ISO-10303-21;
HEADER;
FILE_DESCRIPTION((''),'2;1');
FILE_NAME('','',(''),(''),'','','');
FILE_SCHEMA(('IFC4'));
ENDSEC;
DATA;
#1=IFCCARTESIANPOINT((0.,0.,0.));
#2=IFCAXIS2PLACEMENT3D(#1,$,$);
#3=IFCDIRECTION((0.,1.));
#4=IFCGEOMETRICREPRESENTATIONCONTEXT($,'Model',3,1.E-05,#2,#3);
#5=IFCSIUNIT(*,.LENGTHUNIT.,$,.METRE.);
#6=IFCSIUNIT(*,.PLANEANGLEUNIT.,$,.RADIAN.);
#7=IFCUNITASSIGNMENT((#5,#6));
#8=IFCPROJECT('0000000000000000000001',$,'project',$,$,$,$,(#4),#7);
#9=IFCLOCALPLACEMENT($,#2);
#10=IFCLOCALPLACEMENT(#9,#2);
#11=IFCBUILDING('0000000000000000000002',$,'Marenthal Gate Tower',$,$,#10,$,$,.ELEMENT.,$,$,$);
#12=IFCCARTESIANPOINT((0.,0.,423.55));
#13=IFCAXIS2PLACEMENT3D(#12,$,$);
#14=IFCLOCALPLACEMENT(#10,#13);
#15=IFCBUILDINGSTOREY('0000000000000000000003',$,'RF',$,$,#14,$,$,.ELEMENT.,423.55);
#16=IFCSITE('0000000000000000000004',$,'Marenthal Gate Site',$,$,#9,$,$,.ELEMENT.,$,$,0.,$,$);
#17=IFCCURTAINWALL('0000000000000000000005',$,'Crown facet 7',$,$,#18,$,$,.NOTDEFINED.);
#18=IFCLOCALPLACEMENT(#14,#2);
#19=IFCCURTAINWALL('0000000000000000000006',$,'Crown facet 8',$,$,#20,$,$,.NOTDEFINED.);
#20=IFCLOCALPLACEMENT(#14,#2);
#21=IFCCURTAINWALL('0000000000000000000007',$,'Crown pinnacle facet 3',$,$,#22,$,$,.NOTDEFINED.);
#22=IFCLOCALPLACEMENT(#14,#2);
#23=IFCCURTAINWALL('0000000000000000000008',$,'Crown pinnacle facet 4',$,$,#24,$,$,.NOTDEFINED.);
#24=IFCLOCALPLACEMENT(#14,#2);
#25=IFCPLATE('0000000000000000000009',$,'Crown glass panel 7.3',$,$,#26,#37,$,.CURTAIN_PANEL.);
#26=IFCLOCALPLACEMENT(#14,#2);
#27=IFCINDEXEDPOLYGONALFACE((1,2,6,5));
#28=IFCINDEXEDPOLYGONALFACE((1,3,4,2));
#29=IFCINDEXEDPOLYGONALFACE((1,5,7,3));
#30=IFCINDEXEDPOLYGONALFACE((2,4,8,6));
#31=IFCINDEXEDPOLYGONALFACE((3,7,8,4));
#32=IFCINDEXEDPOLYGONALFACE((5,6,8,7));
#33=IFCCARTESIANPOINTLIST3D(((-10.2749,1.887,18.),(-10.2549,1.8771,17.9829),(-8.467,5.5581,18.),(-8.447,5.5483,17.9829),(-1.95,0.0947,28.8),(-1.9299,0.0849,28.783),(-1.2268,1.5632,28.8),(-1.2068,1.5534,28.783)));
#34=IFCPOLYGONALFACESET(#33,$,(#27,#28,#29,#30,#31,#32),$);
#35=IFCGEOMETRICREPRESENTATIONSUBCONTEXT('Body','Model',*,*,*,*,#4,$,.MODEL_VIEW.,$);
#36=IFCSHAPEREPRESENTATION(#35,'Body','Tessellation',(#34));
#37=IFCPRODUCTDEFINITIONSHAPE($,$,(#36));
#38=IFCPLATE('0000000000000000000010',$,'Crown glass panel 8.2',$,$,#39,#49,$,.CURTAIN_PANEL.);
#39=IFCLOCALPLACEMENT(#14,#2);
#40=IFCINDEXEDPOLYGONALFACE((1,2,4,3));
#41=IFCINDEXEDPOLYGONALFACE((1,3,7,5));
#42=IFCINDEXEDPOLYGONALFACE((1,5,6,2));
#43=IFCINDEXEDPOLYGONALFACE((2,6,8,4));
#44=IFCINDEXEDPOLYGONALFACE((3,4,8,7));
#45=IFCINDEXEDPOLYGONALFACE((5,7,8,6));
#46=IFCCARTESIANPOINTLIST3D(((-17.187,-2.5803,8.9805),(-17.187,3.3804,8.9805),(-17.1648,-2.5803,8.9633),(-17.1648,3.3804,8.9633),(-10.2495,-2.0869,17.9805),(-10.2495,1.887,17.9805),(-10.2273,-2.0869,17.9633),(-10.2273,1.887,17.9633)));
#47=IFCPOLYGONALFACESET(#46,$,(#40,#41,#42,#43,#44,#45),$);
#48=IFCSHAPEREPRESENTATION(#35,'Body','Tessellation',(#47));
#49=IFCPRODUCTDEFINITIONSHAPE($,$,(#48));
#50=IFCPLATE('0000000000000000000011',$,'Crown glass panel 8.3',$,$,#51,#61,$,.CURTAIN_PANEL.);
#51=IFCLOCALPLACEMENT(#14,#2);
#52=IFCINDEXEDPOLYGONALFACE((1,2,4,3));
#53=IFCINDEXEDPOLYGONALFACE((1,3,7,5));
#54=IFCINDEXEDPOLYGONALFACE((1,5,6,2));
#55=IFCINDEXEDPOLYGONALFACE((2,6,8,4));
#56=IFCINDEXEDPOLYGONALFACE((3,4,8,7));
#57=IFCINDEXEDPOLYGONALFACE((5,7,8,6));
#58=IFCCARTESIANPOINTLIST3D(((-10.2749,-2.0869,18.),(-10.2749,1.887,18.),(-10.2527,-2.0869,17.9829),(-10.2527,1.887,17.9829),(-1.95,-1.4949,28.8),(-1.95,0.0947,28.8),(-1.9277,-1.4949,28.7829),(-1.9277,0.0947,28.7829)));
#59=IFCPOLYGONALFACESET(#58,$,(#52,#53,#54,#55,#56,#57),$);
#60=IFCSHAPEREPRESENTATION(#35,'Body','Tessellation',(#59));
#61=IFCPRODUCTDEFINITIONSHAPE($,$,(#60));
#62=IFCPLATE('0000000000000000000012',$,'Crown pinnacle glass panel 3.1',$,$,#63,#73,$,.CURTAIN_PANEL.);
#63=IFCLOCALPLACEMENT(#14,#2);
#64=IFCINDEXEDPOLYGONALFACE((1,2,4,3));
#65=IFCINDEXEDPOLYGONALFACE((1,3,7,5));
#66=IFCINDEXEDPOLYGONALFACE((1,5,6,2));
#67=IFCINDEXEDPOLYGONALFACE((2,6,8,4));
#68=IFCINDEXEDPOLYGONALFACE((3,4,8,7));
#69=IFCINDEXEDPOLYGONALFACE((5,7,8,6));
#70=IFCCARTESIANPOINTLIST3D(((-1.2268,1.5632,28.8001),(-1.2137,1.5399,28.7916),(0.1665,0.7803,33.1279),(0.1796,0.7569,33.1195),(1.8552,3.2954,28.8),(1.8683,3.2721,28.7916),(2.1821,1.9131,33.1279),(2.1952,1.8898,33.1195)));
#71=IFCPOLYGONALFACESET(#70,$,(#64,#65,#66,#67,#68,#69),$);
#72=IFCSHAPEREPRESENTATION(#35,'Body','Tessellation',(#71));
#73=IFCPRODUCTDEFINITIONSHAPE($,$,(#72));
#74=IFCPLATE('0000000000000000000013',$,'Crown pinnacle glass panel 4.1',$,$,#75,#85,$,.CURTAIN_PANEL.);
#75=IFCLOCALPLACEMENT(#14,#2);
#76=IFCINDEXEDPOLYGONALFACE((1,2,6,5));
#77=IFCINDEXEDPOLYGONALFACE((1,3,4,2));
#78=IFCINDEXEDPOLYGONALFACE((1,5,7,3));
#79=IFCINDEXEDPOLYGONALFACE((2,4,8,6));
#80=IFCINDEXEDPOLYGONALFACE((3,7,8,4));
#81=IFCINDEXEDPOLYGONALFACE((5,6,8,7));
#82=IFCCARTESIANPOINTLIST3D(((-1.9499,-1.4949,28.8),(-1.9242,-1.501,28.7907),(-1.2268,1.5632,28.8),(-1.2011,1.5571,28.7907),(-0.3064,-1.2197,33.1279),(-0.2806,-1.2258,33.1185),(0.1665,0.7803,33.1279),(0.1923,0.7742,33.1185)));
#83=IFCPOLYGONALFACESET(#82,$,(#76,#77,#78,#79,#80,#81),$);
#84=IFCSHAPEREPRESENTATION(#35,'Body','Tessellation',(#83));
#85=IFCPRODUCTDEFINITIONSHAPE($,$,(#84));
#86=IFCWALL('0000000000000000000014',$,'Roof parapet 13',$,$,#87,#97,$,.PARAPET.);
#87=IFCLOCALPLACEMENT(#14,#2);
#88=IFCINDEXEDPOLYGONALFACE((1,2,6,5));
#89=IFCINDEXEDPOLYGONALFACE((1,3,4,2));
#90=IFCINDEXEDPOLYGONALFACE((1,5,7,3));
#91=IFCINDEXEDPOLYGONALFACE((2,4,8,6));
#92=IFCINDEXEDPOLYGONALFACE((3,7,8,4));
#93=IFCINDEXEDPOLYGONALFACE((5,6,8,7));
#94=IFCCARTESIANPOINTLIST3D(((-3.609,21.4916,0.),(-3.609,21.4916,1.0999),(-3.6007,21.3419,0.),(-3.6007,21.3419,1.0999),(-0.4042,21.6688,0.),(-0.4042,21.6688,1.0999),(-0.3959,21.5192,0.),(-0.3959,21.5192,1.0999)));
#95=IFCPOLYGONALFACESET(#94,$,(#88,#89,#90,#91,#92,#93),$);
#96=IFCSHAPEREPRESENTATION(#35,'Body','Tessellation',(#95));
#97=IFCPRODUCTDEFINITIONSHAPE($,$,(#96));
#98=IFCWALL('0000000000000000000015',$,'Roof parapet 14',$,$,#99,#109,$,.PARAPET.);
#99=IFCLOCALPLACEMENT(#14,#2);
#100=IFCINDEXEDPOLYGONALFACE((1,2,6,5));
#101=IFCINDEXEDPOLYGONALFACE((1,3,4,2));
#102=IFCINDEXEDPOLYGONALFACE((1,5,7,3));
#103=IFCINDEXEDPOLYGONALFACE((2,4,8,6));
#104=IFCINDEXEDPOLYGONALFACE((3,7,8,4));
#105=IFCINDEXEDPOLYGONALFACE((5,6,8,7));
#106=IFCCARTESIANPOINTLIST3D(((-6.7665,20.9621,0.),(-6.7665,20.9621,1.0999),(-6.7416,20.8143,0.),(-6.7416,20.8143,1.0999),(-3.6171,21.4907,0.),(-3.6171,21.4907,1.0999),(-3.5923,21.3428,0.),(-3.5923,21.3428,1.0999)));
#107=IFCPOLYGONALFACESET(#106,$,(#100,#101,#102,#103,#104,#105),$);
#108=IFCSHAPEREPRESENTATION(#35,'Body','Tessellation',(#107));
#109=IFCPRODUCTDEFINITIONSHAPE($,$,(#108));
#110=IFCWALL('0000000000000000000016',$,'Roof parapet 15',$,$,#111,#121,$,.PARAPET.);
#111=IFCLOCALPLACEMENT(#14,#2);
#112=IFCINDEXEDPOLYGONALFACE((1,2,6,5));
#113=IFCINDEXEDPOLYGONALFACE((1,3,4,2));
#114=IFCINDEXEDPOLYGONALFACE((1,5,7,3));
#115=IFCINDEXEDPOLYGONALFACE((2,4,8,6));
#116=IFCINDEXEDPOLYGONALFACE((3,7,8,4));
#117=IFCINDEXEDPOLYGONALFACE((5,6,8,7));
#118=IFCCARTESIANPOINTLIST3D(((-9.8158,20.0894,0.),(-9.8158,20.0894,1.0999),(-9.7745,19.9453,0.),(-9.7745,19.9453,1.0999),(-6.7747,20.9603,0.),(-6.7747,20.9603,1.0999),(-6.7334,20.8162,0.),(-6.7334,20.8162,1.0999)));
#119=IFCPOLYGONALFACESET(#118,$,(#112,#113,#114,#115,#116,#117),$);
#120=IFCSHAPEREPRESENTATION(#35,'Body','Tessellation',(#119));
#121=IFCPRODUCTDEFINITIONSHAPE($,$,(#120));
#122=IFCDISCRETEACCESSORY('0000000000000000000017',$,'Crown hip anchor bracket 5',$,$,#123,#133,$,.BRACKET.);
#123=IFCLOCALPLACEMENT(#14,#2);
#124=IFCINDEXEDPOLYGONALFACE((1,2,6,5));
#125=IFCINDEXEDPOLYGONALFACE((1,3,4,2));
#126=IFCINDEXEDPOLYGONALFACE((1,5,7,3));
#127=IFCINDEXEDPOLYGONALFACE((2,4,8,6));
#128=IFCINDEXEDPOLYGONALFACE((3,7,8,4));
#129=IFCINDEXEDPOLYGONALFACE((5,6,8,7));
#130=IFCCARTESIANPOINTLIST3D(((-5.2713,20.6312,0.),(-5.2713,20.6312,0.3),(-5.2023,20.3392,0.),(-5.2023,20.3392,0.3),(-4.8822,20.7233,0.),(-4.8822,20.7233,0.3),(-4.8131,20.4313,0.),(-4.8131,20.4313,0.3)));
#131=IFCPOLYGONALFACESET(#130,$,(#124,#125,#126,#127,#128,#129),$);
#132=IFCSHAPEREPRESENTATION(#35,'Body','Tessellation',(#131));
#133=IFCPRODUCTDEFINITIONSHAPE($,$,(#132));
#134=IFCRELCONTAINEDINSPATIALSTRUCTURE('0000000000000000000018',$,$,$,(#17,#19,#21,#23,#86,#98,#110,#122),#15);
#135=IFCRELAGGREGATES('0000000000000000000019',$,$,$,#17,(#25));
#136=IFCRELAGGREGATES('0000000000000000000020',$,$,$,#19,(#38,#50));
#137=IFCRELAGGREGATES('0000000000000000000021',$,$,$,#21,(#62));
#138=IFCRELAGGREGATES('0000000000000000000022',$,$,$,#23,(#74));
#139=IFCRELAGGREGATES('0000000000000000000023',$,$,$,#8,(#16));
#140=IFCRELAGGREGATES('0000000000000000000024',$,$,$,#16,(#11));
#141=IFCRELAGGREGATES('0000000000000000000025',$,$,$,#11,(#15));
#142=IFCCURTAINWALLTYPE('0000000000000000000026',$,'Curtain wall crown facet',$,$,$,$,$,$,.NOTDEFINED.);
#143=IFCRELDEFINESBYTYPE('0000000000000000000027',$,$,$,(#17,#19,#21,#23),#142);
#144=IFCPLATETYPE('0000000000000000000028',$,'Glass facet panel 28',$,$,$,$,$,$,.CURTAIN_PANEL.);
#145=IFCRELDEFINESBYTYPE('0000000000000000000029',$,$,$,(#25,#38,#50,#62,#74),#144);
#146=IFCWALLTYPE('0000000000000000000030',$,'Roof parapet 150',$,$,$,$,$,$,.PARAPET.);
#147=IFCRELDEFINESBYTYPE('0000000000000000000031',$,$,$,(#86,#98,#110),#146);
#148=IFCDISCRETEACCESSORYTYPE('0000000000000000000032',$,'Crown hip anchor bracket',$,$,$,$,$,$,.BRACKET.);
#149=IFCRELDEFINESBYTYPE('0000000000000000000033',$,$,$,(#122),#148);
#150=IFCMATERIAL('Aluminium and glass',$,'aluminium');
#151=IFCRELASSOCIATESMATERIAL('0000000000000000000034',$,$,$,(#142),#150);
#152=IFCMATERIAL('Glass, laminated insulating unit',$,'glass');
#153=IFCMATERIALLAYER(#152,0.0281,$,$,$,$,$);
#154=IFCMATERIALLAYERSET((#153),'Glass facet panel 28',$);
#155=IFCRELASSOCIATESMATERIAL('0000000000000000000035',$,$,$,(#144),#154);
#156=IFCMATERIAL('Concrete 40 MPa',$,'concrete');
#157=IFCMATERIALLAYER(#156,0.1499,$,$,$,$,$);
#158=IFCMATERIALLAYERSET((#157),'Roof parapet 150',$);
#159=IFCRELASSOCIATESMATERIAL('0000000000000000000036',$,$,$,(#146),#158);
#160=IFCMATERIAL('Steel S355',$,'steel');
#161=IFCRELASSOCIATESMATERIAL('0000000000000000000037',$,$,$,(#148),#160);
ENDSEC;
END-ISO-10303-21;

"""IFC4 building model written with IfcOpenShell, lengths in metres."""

from ifc_helpers import new_model, si_unit, direction, frame, frame_2d, origin, origin_2d, place, context, subcontext, project, spatial, polyline, rectangle, outline, extrude, material, layer, layer_set, type_object, element, aggregate, save


model = new_model("IFC4")

# Units and contexts
model_context = context("Model", 3, precision=1e-05, world=origin(), true_north=direction((0.0, 1.0)))
body_context = subcontext(model_context, "Body", "Model", "MODEL_VIEW")
ifc_project = project(units=[si_unit("LENGTHUNIT", "METRE"), si_unit("PLANEANGLEUNIT", "RADIAN")], contexts=[model_context])

# Site, building, storey
site_placement = place(None, origin())
site = spatial("IfcSite", under=ifc_project, at=site_placement, Name="Marenthal Gate Site", CompositionType="ELEMENT", RefElevation=0.0)
building_placement = place(site_placement, origin())
building = spatial("IfcBuilding", under=site, at=building_placement, Name="Marenthal Gate Tower", CompositionType="ELEMENT")
storey_placement = place(building_placement, frame((0.0, 0.0, 423.55)))
storey = spatial("IfcBuildingStorey", under=building, at=storey_placement, Name="RF", CompositionType="ELEMENT", Elevation=423.55)

# Curtain walls
ifc_material_1 = material(Name="Aluminium and glass", Category="aluminium")
curtain_wall_type = type_object("IfcCurtainWallType", Name="Curtain wall crown facet", PredefinedType="NOTDEFINED", material=ifc_material_1)
curtain_wall_1_placement = place(storey_placement, origin())
curtain_wall_1 = element("IfcCurtainWall", 1, at=curtain_wall_1_placement, inside=storey, type_object=curtain_wall_type, Name="Crown facet 7", PredefinedType="NOTDEFINED")
curtain_wall_2_placement = place(storey_placement, origin())
curtain_wall_2 = element("IfcCurtainWall", 2, at=curtain_wall_2_placement, inside=storey, type_object=curtain_wall_type, Name="Crown facet 8", PredefinedType="NOTDEFINED")
curtain_wall_3_placement = place(storey_placement, origin())
curtain_wall_3 = element("IfcCurtainWall", 3, at=curtain_wall_3_placement, inside=storey, type_object=curtain_wall_type, Name="Crown pinnacle facet 3", PredefinedType="NOTDEFINED")

# Curtain wall
curtain_wall_4_placement = place(storey_placement, origin())
curtain_wall_4 = element("IfcCurtainWall", 4, at=curtain_wall_4_placement, inside=storey, type_object=curtain_wall_type, Name="Crown pinnacle facet 4", PredefinedType="NOTDEFINED")

# Plates
ifc_material_2 = material(Name="Glass, laminated insulating unit", Category="glass")
ifc_layer_1 = layer(ifc_material_2, 0.0281)
ifc_layer_set_1 = layer_set([ifc_layer_1], Name="Glass facet panel 28")
plate_type = type_object("IfcPlateType", Name="Glass facet panel 28", PredefinedType="CURTAIN_PANEL", material=ifc_layer_set_1)
plate_1_placement = place(storey_placement, frame((-8.467, 5.5581, 18.0), z_axis=(-0.712591, 0.350913, 0.607515), x_axis=(-0.441786, -0.89712, -0.000002)))
plate_1 = element("IfcPlate", 5, at=plate_1_placement, type_object=plate_type, Name="Crown glass panel 7.3", PredefinedType="CURTAIN_PANEL", context=body_context, shape_type="SweptSolid", body=[
    extrude(outline(polyline([(0.0, 0.0), (4.0921, 0.0), (2.0221, 13.5968), (0.3852, 13.5968), (0.0, 0.0)])), origin(), (0.0, 0.0, -1.0), 0.0281),
])
aggregate(curtain_wall_1, [plate_1])
plate_2_placement = place(storey_placement, frame((-17.187, 3.3804, 8.9805), z_axis=(-0.79201, 0.0, 0.610508), x_axis=(0.0, -1.0, 0.0)))
plate_2 = element("IfcPlate", 6, at=plate_2_placement, type_object=plate_type, Name="Crown glass panel 8.2", PredefinedType="CURTAIN_PANEL", context=body_context, shape_type="SweptSolid", body=[
    extrude(outline(polyline([(0.0, 0.0), (5.9607, 0.0), (5.4673, 11.3635), (1.4934, 11.3635), (0.0, 0.0)])), origin(), (0.0, 0.0, -1.0), 0.0281),
])
plate_3_placement = place(storey_placement, frame((-10.2749, 1.887, 18.0), z_axis=(-0.792013, 0.0, 0.610504), x_axis=(0.0, -1.0, 0.0)))
plate_3 = element("IfcPlate", 7, at=plate_3_placement, type_object=plate_type, Name="Crown glass panel 8.3", PredefinedType="CURTAIN_PANEL", context=body_context, shape_type="SweptSolid", body=[
    extrude(outline(polyline([(0.0, 0.0), (3.9739, 0.0), (3.3818, 13.6362), (1.7922, 13.6362), (0.0, 0.0)])), origin(), (0.0, 0.0, -1.0), 0.0281),
])
aggregate(curtain_wall_2, [plate_2, plate_3])
plate_4_placement = place(storey_placement, frame((1.8552, 3.2954, 28.8), z_axis=(-0.467249, 0.831372, 0.300831), x_axis=(-0.871754, -0.489944, 0.000001)))
plate_4 = element("IfcPlate", 8, at=plate_4_placement, type_object=plate_type, Name="Crown pinnacle glass panel 3.1", PredefinedType="CURTAIN_PANEL", context=body_context, shape_type="SweptSolid", body=[
    extrude(outline(polyline([(0.0, 0.0), (3.5354, 0.0), (2.7044, 4.5381), (0.3923, 4.5381), (0.0, 0.0)])), origin(), (0.0, 0.0, -1.0), 0.0281),
])
aggregate(curtain_wall_3, [plate_4])
plate_5_placement = place(storey_placement, frame((-1.2268, 1.5632, 28.8), z_axis=(-0.917109, 0.21686, 0.334489), x_axis=(-0.230116, -0.973163, -0.000002)))
plate_5 = element("IfcPlate", 9, at=plate_5_placement, type_object=plate_type, Name="Crown pinnacle glass panel 4.1", PredefinedType="CURTAIN_PANEL", context=body_context, shape_type="SweptSolid", body=[
    extrude(outline(polyline([(0.0, 0.0), (3.1424, 0.0), (2.4965, 4.5924), (0.4413, 4.5924), (0.0, 0.0)])), origin(), (0.0, 0.0, -1.0), 0.0281),
])
aggregate(curtain_wall_4, [plate_5])

# Walls
ifc_material_3 = material(Name="Concrete 40 MPa", Category="concrete")
ifc_layer_2 = layer(ifc_material_3, 0.1499)
ifc_layer_set_2 = layer_set([ifc_layer_2], Name="Roof parapet 150")
wall_type = type_object("IfcWallType", Name="Roof parapet 150", PredefinedType="PARAPET", material=ifc_layer_set_2)
wall_1_placement = place(storey_placement, frame((-0.3999, 21.594, 0.0), z_axis=(0.0, 0.0, 1.0), x_axis=(-0.998474, -0.055221, 0.0)))
element("IfcWall", 10, at=wall_1_placement, inside=storey, type_object=wall_type, Name="Roof parapet 13", PredefinedType="PARAPET", context=body_context, shape_type="SweptSolid", body=[
    extrude(rectangle(XDim=3.2097, YDim=0.1499, at=frame_2d((1.605, 0.0))), origin(), (0.0, 0.0, 1.0), 1.0999),
])
wall_2_placement = place(storey_placement, frame((-3.6047, 21.4167, 0.0), z_axis=(0.0, 0.0, 1.0), x_axis=(-0.986207, -0.165515, 0.0)))
element("IfcWall", 11, at=wall_2_placement, inside=storey, type_object=wall_type, Name="Roof parapet 14", PredefinedType="PARAPET", context=body_context, shape_type="SweptSolid", body=[
    extrude(rectangle(XDim=3.1934, YDim=0.1499, at=frame_2d((1.5967, 0.0))), origin(), (0.0, 0.0, 1.0), 1.0999),
])
wall_3_placement = place(storey_placement, frame((-6.7542, 20.8882, 0.0), z_axis=(0.0, 0.0, 1.0), x_axis=(-0.961358, -0.275302, 0.0)))
element("IfcWall", 12, at=wall_3_placement, inside=storey, type_object=wall_type, Name="Roof parapet 15", PredefinedType="PARAPET", context=body_context, shape_type="SweptSolid", body=[
    extrude(rectangle(XDim=3.1633, YDim=0.1499, at=frame_2d((1.5815, 0.0))), origin(), (0.0, 0.0, 1.0), 1.0999),
])

# Discrete accessory
ifc_material_4 = material(Name="Steel S355", Category="steel")
discrete_accessory_type = type_object("IfcDiscreteAccessoryType", Name="Crown hip anchor bracket", PredefinedType="BRACKET", material=ifc_material_4)
discrete_accessory_placement = place(storey_placement, frame((-5.0422, 20.5312, 0.0), z_axis=(0.0, 0.0, 1.0), x_axis=(0.973161, 0.230123, 0.0)))
element("IfcDiscreteAccessory", 13, at=discrete_accessory_placement, inside=storey, type_object=discrete_accessory_type, Name="Crown hip anchor bracket 5", PredefinedType="BRACKET", context=body_context, shape_type="SweptSolid", body=[
    extrude(rectangle(XDim=0.3999, YDim=0.3, at=origin_2d()), origin(), (0.0, 0.0, 1.0), 0.3),
])

save(model, "model.ifc")
